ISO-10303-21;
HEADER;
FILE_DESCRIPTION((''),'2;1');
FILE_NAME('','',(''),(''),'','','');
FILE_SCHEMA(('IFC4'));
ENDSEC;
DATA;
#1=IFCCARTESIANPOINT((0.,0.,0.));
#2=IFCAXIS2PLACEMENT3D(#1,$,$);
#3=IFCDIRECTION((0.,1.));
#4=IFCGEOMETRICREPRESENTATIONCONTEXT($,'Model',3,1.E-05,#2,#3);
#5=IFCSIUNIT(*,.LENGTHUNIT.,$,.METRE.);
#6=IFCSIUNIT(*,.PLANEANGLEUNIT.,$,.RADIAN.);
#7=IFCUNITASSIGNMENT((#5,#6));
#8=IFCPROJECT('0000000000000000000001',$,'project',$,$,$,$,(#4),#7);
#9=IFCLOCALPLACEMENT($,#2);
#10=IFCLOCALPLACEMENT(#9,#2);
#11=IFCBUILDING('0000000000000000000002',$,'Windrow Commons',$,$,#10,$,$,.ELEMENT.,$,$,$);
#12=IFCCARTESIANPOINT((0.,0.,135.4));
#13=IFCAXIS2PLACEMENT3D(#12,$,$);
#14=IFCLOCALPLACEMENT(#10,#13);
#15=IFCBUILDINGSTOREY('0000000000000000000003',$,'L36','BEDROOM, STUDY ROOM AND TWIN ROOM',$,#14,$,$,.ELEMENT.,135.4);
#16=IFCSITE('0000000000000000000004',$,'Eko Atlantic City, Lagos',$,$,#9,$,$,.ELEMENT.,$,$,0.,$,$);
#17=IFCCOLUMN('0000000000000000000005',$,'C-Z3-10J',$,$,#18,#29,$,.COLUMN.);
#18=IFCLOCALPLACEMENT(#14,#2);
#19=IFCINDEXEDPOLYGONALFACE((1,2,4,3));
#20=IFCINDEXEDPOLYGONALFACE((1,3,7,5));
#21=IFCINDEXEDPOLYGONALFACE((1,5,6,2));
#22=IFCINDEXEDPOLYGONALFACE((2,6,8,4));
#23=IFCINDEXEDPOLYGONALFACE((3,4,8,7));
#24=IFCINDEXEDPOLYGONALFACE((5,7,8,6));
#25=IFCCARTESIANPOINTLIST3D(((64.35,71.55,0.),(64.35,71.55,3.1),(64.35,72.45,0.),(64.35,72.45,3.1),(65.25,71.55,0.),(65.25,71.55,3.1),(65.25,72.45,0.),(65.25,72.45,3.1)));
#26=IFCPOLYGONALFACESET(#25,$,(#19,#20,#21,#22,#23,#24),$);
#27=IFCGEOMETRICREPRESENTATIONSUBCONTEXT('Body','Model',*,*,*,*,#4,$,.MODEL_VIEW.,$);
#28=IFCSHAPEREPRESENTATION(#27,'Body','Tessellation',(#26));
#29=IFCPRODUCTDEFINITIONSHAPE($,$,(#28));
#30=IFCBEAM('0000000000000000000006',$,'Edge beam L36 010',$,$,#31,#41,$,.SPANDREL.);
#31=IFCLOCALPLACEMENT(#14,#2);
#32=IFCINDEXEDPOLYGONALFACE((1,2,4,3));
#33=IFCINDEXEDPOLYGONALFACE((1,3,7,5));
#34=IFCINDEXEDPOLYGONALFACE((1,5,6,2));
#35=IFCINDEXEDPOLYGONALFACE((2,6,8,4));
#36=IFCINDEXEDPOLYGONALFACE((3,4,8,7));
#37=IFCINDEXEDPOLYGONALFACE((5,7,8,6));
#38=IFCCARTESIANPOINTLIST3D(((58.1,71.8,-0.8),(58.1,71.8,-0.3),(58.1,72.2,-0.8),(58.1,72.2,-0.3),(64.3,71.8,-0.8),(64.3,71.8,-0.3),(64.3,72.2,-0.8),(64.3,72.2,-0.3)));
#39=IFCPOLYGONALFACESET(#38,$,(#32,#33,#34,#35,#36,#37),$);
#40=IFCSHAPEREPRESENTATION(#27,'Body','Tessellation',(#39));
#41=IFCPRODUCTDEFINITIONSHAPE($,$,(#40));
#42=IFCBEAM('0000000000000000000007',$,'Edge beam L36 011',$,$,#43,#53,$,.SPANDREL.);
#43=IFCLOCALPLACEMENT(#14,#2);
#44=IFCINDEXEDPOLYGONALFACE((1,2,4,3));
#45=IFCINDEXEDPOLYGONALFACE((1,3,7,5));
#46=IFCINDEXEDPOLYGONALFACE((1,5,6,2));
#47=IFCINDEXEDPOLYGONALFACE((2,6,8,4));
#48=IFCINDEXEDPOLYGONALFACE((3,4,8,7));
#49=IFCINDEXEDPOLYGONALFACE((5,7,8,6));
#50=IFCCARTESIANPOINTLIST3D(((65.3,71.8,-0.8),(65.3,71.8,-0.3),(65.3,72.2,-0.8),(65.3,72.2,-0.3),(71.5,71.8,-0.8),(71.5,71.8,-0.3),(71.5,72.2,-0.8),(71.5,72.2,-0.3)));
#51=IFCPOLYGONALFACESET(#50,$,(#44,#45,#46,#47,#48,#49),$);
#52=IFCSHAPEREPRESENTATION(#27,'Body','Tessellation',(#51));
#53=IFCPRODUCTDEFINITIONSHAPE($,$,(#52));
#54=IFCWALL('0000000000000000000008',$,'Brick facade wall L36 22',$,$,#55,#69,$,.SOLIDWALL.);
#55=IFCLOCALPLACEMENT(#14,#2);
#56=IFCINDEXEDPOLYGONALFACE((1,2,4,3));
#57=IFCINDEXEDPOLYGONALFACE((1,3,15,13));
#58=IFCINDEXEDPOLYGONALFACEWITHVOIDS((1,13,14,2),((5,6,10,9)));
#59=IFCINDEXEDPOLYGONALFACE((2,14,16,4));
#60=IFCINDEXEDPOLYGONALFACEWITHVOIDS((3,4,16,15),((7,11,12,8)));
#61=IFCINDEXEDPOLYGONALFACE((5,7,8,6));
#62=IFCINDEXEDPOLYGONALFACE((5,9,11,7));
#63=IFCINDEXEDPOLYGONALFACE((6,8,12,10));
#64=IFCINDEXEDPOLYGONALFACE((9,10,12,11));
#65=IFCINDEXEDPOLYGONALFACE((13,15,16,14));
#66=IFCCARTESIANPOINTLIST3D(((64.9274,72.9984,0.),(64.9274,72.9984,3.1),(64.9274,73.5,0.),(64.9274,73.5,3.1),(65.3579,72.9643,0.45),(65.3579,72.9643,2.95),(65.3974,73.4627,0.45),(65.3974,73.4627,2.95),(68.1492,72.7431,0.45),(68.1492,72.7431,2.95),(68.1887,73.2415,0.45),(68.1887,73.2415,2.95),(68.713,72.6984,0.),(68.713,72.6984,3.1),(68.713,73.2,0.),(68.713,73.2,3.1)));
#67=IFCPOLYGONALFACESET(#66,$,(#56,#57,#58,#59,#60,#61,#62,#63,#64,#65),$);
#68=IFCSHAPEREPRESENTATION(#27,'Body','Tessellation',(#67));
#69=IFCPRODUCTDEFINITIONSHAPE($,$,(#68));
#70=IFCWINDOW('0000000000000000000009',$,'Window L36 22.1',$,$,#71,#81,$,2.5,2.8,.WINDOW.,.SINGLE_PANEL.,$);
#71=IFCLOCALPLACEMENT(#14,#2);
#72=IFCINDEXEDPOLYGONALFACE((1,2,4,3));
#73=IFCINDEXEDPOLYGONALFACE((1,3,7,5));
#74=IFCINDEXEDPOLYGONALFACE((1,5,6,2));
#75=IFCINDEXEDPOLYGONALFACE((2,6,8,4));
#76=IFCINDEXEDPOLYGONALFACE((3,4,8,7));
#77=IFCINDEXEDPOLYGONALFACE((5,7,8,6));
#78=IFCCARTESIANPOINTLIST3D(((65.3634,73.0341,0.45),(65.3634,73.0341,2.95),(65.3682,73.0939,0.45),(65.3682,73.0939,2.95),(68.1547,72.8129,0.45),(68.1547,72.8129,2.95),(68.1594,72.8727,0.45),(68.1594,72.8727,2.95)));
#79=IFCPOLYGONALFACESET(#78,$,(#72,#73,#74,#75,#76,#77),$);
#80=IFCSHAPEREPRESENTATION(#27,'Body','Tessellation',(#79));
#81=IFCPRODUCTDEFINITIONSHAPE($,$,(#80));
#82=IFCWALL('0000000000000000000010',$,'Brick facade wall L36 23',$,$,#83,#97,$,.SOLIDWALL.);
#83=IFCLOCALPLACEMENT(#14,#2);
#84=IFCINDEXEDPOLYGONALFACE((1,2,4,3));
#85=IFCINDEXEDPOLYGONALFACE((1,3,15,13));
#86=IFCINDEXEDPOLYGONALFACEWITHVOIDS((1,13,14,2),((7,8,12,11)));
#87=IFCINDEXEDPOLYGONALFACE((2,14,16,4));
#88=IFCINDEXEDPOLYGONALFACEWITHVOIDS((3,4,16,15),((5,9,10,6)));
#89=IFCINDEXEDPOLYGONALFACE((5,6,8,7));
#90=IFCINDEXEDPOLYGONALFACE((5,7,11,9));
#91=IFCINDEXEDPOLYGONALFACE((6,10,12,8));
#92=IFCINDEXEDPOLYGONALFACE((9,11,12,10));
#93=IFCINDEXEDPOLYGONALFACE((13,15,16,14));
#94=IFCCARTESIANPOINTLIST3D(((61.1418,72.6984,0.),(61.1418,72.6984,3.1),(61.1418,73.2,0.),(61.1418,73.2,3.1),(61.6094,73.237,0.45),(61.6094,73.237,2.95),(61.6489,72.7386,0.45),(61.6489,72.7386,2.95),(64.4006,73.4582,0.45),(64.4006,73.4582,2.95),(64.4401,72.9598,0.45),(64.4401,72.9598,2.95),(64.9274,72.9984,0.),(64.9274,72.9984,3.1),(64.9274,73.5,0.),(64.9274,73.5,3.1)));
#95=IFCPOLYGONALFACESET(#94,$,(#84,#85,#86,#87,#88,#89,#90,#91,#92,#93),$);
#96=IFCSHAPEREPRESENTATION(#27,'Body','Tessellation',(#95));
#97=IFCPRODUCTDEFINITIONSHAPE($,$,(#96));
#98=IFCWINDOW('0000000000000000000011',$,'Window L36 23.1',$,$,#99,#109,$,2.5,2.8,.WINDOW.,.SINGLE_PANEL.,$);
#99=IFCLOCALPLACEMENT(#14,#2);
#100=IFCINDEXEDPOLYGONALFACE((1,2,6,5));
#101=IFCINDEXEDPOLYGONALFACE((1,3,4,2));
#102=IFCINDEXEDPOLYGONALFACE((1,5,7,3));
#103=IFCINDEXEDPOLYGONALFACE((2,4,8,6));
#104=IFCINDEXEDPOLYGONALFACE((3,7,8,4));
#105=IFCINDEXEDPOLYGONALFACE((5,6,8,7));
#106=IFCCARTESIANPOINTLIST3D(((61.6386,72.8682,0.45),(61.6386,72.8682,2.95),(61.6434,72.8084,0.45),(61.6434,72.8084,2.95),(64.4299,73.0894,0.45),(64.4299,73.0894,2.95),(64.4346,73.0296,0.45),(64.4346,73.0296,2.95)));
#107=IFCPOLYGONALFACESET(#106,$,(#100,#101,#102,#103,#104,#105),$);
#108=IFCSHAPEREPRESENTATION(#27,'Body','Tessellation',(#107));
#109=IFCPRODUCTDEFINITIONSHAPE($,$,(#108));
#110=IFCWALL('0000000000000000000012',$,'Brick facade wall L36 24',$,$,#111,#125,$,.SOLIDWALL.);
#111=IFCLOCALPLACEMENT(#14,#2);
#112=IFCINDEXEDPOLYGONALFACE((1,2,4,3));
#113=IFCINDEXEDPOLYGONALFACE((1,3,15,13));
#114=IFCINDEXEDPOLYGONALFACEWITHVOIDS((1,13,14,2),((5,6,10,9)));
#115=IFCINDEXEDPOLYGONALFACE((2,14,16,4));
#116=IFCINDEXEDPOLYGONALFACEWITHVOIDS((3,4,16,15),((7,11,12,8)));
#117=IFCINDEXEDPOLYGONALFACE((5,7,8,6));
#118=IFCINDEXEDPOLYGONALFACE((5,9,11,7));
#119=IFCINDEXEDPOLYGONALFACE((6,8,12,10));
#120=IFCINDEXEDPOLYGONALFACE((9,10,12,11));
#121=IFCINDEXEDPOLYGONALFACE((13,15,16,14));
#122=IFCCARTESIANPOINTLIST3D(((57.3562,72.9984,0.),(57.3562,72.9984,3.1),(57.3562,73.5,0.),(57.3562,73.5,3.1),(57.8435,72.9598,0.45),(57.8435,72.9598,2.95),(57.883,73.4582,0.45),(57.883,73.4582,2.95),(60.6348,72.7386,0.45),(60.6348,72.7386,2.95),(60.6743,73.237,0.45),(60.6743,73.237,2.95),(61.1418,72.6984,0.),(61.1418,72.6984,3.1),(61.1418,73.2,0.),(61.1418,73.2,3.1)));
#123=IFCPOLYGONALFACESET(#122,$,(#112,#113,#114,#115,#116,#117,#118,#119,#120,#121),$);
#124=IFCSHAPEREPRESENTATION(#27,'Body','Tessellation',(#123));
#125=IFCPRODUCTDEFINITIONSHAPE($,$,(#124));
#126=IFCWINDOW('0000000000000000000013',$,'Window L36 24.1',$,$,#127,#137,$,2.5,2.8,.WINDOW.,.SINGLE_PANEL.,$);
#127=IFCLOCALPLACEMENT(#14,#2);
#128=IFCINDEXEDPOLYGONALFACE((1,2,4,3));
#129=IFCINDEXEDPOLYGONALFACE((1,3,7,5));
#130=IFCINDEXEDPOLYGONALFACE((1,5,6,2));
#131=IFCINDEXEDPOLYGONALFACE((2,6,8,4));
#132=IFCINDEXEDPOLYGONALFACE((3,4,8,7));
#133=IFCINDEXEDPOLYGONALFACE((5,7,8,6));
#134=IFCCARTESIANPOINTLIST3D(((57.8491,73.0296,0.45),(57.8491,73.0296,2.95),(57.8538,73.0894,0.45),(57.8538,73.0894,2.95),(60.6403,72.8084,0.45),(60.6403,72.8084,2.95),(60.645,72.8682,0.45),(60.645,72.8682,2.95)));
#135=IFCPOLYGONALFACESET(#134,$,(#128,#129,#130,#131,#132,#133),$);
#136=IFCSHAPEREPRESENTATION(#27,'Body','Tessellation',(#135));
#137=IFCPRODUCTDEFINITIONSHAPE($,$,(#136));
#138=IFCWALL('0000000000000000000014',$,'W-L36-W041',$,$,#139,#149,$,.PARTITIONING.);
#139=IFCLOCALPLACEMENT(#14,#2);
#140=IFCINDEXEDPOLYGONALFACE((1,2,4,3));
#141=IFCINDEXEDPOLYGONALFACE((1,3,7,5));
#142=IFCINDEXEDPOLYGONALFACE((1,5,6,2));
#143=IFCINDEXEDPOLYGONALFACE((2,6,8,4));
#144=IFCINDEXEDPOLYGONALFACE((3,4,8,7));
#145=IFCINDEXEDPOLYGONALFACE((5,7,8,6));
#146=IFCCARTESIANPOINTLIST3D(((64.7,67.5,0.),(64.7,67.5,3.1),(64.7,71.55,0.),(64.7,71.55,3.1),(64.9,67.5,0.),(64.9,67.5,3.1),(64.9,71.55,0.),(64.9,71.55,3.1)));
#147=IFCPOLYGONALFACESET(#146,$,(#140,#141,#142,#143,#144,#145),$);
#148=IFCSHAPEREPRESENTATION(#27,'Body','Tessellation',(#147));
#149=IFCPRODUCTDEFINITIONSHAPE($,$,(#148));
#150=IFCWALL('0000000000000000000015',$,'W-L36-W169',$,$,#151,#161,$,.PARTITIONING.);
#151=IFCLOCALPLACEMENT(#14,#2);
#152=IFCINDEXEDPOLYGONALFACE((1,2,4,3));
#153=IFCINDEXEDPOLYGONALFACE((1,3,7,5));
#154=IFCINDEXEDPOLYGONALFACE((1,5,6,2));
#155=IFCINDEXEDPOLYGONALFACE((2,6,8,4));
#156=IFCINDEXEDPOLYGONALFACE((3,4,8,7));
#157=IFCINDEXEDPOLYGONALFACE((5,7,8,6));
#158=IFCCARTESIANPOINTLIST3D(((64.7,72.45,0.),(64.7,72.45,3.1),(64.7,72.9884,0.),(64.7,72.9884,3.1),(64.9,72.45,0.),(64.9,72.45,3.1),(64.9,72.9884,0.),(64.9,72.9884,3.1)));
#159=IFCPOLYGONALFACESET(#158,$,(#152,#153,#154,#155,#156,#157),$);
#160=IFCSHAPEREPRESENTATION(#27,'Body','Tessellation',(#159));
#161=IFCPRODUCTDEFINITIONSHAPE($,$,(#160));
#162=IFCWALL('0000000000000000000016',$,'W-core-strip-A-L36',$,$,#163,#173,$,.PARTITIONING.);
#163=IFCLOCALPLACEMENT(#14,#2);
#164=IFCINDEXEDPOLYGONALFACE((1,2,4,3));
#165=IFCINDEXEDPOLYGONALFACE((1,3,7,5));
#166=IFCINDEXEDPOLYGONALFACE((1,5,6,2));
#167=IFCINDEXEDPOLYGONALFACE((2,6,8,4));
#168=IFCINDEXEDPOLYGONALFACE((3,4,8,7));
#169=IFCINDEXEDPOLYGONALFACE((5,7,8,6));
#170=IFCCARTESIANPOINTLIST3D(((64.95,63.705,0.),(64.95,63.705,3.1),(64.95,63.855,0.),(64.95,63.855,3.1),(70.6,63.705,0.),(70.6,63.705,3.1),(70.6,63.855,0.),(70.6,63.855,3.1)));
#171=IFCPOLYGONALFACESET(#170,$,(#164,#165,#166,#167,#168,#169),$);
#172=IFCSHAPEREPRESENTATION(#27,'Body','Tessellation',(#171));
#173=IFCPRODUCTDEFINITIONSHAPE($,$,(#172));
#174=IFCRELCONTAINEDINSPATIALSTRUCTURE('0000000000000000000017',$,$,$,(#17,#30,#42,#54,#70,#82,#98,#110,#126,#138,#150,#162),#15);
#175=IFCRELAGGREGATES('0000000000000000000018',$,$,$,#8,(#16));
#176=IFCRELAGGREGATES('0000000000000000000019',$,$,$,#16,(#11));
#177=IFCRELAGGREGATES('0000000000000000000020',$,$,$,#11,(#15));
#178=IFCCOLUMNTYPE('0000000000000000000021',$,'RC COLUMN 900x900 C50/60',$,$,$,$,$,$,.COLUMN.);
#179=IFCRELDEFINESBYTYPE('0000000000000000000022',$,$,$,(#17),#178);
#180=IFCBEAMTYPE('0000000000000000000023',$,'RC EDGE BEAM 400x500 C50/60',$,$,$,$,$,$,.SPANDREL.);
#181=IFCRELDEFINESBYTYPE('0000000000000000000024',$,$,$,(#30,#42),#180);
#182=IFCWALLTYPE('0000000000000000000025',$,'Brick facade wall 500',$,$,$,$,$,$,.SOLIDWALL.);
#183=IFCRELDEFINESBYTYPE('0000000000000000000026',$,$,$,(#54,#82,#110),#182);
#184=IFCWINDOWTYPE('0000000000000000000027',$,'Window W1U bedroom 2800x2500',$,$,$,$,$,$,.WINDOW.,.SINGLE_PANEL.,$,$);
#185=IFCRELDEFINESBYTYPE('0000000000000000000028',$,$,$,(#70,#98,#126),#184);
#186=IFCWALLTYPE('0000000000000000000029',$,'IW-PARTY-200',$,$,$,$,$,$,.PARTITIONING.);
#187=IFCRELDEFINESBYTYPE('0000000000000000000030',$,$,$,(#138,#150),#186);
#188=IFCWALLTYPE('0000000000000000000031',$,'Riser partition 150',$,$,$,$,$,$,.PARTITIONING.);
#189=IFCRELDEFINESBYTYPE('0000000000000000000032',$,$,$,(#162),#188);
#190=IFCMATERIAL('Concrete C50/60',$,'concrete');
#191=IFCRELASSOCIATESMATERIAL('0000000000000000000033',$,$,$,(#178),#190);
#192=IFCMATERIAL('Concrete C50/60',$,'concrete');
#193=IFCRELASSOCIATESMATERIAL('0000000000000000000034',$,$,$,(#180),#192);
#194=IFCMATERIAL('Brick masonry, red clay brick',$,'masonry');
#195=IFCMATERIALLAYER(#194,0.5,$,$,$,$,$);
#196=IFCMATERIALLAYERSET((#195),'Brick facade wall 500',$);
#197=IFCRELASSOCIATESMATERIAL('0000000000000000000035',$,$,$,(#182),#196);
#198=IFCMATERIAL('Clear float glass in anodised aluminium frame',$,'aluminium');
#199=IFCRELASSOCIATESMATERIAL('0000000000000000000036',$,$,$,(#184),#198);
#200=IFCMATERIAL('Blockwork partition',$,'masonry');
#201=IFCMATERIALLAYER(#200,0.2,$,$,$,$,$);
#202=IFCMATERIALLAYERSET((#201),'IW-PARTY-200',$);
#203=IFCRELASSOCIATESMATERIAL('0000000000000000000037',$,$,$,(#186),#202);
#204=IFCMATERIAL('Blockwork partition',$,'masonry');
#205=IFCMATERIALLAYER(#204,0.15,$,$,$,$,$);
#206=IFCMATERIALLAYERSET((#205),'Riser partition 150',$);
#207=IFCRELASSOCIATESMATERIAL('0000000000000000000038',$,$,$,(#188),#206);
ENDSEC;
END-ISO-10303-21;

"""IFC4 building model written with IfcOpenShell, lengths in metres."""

from ifc_helpers import new_model, si_unit, direction, frame, frame_2d, origin, origin_2d, place, context, subcontext, project, spatial, polyline, rectangle, outline, extrude, material, layer, layer_set, material_profile, profile_set, type_object, element, fill, save


model = new_model("IFC4")

# Units and contexts
model_context = context("Model", 3, precision=1e-05, world=origin(), true_north=direction((0.0, 1.0)))
body_context = subcontext(model_context, "Body", "Model", "MODEL_VIEW")
ifc_project = project(units=[si_unit("LENGTHUNIT", "METRE"), si_unit("PLANEANGLEUNIT", "RADIAN")], contexts=[model_context])

# Site, building, storey
site_placement = place(None, origin())
site = spatial("IfcSite", under=ifc_project, at=site_placement, Name="Eko Atlantic City, Lagos", CompositionType="ELEMENT", RefElevation=0.0)
building_placement = place(site_placement, origin())
building = spatial("IfcBuilding", under=site, at=building_placement, Name="Windrow Commons", CompositionType="ELEMENT")
storey_placement = place(building_placement, frame((0.0, 0.0, 135.4)))
storey = spatial("IfcBuildingStorey", under=building, at=storey_placement, Name="L36", Description="BEDROOM, STUDY ROOM AND TWIN ROOM", CompositionType="ELEMENT", Elevation=135.4)

# Column
ifc_material_1 = material(Name="Concrete C50/60", Category="concrete")
ifc_material_profile_1 = material_profile(ifc_material_1, rectangle(XDim=0.9, YDim=0.9, at=origin_2d()))
ifc_profile_set_1 = profile_set([ifc_material_profile_1], Name="Concrete C50/60")
column_type = type_object("IfcColumnType", Name="RC COLUMN 900x900 C50/60", PredefinedType="COLUMN", material=ifc_profile_set_1)
column_placement = place(storey_placement, frame((64.8, 72.0, 0.0), z_axis=(0.0, 0.0, 1.0), x_axis=(1.0, 0.0, 0.0)))
element("IfcColumn", 1, at=column_placement, inside=storey, type_object=column_type, Name="C-Z3-10J", PredefinedType="COLUMN", context=body_context, shape_type="SweptSolid", body=[
    extrude(rectangle(XDim=0.9, YDim=0.9, at=origin_2d()), origin(), (0.0, 0.0, 1.0), 3.1),
])

# Beams
ifc_material_2 = material(Name="Concrete C50/60", Category="concrete")
ifc_material_profile_2 = material_profile(ifc_material_2, rectangle(XDim=0.4, YDim=0.5, at=origin_2d()))
ifc_profile_set_2 = profile_set([ifc_material_profile_2], Name="Concrete C50/60")
beam_type = type_object("IfcBeamType", Name="RC EDGE BEAM 400x500 C50/60", PredefinedType="SPANDREL", material=ifc_profile_set_2)
for number, where, z_axis, x_axis, name in (
    (2, (58.1, 72.0, -0.55), (1.0, 0.0, 0.0), (0.0, 1.0, 0.0), "Edge beam L36 010"),
    (3, (65.3, 72.0, -0.55), (1.0, 0.0, 0.0), (0.0, 1.0, 0.0), "Edge beam L36 011"),
):
    element("IfcBeam", number, at=place(storey_placement, frame(where, z_axis=z_axis, x_axis=x_axis)), inside=storey, type_object=beam_type, Name=name, PredefinedType="SPANDREL", context=body_context, shape_type="SweptSolid", body=[
        extrude(rectangle(XDim=0.4, YDim=0.5, at=origin_2d()), origin(), (0.0, 0.0, 1.0), 6.2),
    ])

# Walls, openings, windows
ifc_material_3 = material(Name="Brick masonry, red clay brick", Category="masonry")
ifc_layer_1 = layer(ifc_material_3, 0.5)
ifc_layer_set_1 = layer_set([ifc_layer_1], Name="Brick facade wall 500")
wall_type_1 = type_object("IfcWallType", Name="Brick facade wall 500", PredefinedType="SOLIDWALL", material=ifc_layer_set_1)
wall_1_placement = place(storey_placement, frame((68.713, 72.9492, 0.0), z_axis=(0.0, 0.0, 1.0), x_axis=(-0.996875, 0.079, 0.0)))
wall_1 = element("IfcWall", 4, at=wall_1_placement, inside=storey, type_object=wall_type_1, Name="Brick facade wall L36 22", PredefinedType="SOLIDWALL", context=body_context, shape_type="SweptSolid", body=[
    extrude(outline(polyline([(0.0198, -0.25), (3.8173, -0.25), (3.7777, 0.25), (-0.0198, 0.25), (0.0198, -0.25)])), origin(), (0.0, 0.0, 1.0), 3.1),
])
opening_1_placement = place(wall_1_placement, frame((0.5458, 0.0, 0.45)))
opening_1 = element("IfcOpeningElement", 5, at=opening_1_placement, cuts=wall_1, PredefinedType="OPENING", context=body_context, shape_type="SweptSolid", body=[
    extrude(rectangle(XDim=2.8, YDim=2.5, at=frame_2d((1.4, 1.25))), frame((0.0, 0.26, 0.0), z_axis=(0.0, -1.0, 0.0), x_axis=(1.0, 0.0, 0.0)), (0.0, 0.0, 1.0), 0.52),
])
ifc_material_4 = material(Name="Clear float glass in anodised aluminium frame", Category="aluminium")
window_type = type_object("IfcWindowType", Name="Window W1U bedroom 2800x2500", PartitioningType="SINGLE_PANEL", PredefinedType="WINDOW", material=ifc_material_4)
window_1_placement = place(opening_1_placement, origin())
window_1 = element("IfcWindow", 6, at=window_1_placement, inside=storey, type_object=window_type, Name="Window L36 22.1", OverallHeight=2.5, OverallWidth=2.8, PartitioningType="SINGLE_PANEL", PredefinedType="WINDOW", context=body_context, shape_type="SweptSolid", body=[
    extrude(rectangle(XDim=2.8, YDim=2.5, at=frame_2d((1.4, 1.25))), frame((0.0, 0.18, 0.0), z_axis=(0.0, -1.0, 0.0), x_axis=(1.0, 0.0, 0.0)), (0.0, 0.0, 1.0), 0.06),
])
fill(opening_1, window_1)
wall_2_placement = place(storey_placement, frame((64.9274, 73.2492, 0.0), z_axis=(0.0, 0.0, 1.0), x_axis=(-0.996875, -0.079, 0.0)))
wall_2 = element("IfcWall", 7, at=wall_2_placement, inside=storey, type_object=wall_type_1, Name="Brick facade wall L36 23", PredefinedType="SOLIDWALL", context=body_context, shape_type="SweptSolid", body=[
    extrude(outline(polyline([(-0.0198, -0.25), (3.7777, -0.25), (3.8173, 0.25), (0.0198, 0.25), (-0.0198, -0.25)])), origin(), (0.0, 0.0, 1.0), 3.1),
])
opening_2_placement = place(wall_2_placement, frame((0.5086, 0.0, 0.45)))
opening_2 = element("IfcOpeningElement", 8, at=opening_2_placement, cuts=wall_2, PredefinedType="OPENING", context=body_context, shape_type="SweptSolid", body=[
    extrude(rectangle(XDim=2.8, YDim=2.5, at=frame_2d((1.4, 1.25))), frame((0.0, 0.26, 0.0), z_axis=(0.0, -1.0, 0.0), x_axis=(1.0, 0.0, 0.0)), (0.0, 0.0, 1.0), 0.52),
])
window_2_placement = place(opening_2_placement, origin())
window_2 = element("IfcWindow", 9, at=window_2_placement, inside=storey, type_object=window_type, Name="Window L36 23.1", OverallHeight=2.5, OverallWidth=2.8, PartitioningType="SINGLE_PANEL", PredefinedType="WINDOW", context=body_context, shape_type="SweptSolid", body=[
    extrude(rectangle(XDim=2.8, YDim=2.5, at=frame_2d((1.4, 1.25))), frame((0.0, 0.18, 0.0), z_axis=(0.0, -1.0, 0.0), x_axis=(1.0, 0.0, 0.0)), (0.0, 0.0, 1.0), 0.06),
])
fill(opening_2, window_2)
wall_3_placement = place(storey_placement, frame((61.1418, 72.9492, 0.0), z_axis=(0.0, 0.0, 1.0), x_axis=(-0.996875, 0.079, 0.0)))
wall_3 = element("IfcWall", 10, at=wall_3_placement, inside=storey, type_object=wall_type_1, Name="Brick facade wall L36 24", PredefinedType="SOLIDWALL", context=body_context, shape_type="SweptSolid", body=[
    extrude(outline(polyline([(0.0198, -0.25), (3.8173, -0.25), (3.7777, 0.25), (-0.0198, 0.25), (0.0198, -0.25)])), origin(), (0.0, 0.0, 1.0), 3.1),
])
opening_3_placement = place(wall_3_placement, frame((0.4888, 0.0, 0.45)))
opening_3 = element("IfcOpeningElement", 11, at=opening_3_placement, cuts=wall_3, PredefinedType="OPENING", context=body_context, shape_type="SweptSolid", body=[
    extrude(rectangle(XDim=2.8, YDim=2.5, at=frame_2d((1.4, 1.25))), frame((0.0, 0.26, 0.0), z_axis=(0.0, -1.0, 0.0), x_axis=(1.0, 0.0, 0.0)), (0.0, 0.0, 1.0), 0.52),
])
window_3_placement = place(opening_3_placement, origin())
window_3 = element("IfcWindow", 12, at=window_3_placement, inside=storey, type_object=window_type, Name="Window L36 24.1", OverallHeight=2.5, OverallWidth=2.8, PartitioningType="SINGLE_PANEL", PredefinedType="WINDOW", context=body_context, shape_type="SweptSolid", body=[
    extrude(rectangle(XDim=2.8, YDim=2.5, at=frame_2d((1.4, 1.25))), frame((0.0, 0.18, 0.0), z_axis=(0.0, -1.0, 0.0), x_axis=(1.0, 0.0, 0.0)), (0.0, 0.0, 1.0), 0.06),
])
fill(opening_3, window_3)

# Walls
ifc_material_5 = material(Name="Blockwork partition", Category="masonry")
ifc_layer_2 = layer(ifc_material_5, 0.2)
ifc_layer_set_2 = layer_set([ifc_layer_2], Name="IW-PARTY-200")
wall_type_2 = type_object("IfcWallType", Name="IW-PARTY-200", PredefinedType="PARTITIONING", material=ifc_layer_set_2)
wall_4_placement = place(storey_placement, frame((64.8, 67.5, 0.0), z_axis=(0.0, 0.0, 1.0), x_axis=(0.0, 1.0, 0.0)))
element("IfcWall", 13, at=wall_4_placement, inside=storey, type_object=wall_type_2, Name="W-L36-W041", PredefinedType="PARTITIONING", context=body_context, shape_type="SweptSolid", body=[
    extrude(rectangle(XDim=4.05, YDim=0.2, at=frame_2d((2.025, 0.0))), origin(), (0.0, 0.0, 1.0), 3.1),
])
wall_5_placement = place(storey_placement, frame((64.8, 72.45, 0.0), z_axis=(0.0, 0.0, 1.0), x_axis=(0.0, 1.0, 0.0)))
element("IfcWall", 14, at=wall_5_placement, inside=storey, type_object=wall_type_2, Name="W-L36-W169", PredefinedType="PARTITIONING", context=body_context, shape_type="SweptSolid", body=[
    extrude(rectangle(XDim=0.5383, YDim=0.2, at=frame_2d((0.2692, 0.0))), origin(), (0.0, 0.0, 1.0), 3.1),
])
ifc_material_6 = material(Name="Blockwork partition", Category="masonry")
ifc_layer_3 = layer(ifc_material_6, 0.15)
ifc_layer_set_3 = layer_set([ifc_layer_3], Name="Riser partition 150")
wall_type_3 = type_object("IfcWallType", Name="Riser partition 150", PredefinedType="PARTITIONING", material=ifc_layer_set_3)
wall_6_placement = place(storey_placement, frame((64.95, 63.78, 0.0), z_axis=(0.0, 0.0, 1.0), x_axis=(1.0, 0.0, 0.0)))
element("IfcWall", 15, at=wall_6_placement, inside=storey, type_object=wall_type_3, Name="W-core-strip-A-L36", PredefinedType="PARTITIONING", context=body_context, shape_type="SweptSolid", body=[
    extrude(rectangle(XDim=5.65, YDim=0.15, at=frame_2d((2.825, 0.0))), origin(), (0.0, 0.0, 1.0), 3.1),
])

save(model, "model.ifc")
